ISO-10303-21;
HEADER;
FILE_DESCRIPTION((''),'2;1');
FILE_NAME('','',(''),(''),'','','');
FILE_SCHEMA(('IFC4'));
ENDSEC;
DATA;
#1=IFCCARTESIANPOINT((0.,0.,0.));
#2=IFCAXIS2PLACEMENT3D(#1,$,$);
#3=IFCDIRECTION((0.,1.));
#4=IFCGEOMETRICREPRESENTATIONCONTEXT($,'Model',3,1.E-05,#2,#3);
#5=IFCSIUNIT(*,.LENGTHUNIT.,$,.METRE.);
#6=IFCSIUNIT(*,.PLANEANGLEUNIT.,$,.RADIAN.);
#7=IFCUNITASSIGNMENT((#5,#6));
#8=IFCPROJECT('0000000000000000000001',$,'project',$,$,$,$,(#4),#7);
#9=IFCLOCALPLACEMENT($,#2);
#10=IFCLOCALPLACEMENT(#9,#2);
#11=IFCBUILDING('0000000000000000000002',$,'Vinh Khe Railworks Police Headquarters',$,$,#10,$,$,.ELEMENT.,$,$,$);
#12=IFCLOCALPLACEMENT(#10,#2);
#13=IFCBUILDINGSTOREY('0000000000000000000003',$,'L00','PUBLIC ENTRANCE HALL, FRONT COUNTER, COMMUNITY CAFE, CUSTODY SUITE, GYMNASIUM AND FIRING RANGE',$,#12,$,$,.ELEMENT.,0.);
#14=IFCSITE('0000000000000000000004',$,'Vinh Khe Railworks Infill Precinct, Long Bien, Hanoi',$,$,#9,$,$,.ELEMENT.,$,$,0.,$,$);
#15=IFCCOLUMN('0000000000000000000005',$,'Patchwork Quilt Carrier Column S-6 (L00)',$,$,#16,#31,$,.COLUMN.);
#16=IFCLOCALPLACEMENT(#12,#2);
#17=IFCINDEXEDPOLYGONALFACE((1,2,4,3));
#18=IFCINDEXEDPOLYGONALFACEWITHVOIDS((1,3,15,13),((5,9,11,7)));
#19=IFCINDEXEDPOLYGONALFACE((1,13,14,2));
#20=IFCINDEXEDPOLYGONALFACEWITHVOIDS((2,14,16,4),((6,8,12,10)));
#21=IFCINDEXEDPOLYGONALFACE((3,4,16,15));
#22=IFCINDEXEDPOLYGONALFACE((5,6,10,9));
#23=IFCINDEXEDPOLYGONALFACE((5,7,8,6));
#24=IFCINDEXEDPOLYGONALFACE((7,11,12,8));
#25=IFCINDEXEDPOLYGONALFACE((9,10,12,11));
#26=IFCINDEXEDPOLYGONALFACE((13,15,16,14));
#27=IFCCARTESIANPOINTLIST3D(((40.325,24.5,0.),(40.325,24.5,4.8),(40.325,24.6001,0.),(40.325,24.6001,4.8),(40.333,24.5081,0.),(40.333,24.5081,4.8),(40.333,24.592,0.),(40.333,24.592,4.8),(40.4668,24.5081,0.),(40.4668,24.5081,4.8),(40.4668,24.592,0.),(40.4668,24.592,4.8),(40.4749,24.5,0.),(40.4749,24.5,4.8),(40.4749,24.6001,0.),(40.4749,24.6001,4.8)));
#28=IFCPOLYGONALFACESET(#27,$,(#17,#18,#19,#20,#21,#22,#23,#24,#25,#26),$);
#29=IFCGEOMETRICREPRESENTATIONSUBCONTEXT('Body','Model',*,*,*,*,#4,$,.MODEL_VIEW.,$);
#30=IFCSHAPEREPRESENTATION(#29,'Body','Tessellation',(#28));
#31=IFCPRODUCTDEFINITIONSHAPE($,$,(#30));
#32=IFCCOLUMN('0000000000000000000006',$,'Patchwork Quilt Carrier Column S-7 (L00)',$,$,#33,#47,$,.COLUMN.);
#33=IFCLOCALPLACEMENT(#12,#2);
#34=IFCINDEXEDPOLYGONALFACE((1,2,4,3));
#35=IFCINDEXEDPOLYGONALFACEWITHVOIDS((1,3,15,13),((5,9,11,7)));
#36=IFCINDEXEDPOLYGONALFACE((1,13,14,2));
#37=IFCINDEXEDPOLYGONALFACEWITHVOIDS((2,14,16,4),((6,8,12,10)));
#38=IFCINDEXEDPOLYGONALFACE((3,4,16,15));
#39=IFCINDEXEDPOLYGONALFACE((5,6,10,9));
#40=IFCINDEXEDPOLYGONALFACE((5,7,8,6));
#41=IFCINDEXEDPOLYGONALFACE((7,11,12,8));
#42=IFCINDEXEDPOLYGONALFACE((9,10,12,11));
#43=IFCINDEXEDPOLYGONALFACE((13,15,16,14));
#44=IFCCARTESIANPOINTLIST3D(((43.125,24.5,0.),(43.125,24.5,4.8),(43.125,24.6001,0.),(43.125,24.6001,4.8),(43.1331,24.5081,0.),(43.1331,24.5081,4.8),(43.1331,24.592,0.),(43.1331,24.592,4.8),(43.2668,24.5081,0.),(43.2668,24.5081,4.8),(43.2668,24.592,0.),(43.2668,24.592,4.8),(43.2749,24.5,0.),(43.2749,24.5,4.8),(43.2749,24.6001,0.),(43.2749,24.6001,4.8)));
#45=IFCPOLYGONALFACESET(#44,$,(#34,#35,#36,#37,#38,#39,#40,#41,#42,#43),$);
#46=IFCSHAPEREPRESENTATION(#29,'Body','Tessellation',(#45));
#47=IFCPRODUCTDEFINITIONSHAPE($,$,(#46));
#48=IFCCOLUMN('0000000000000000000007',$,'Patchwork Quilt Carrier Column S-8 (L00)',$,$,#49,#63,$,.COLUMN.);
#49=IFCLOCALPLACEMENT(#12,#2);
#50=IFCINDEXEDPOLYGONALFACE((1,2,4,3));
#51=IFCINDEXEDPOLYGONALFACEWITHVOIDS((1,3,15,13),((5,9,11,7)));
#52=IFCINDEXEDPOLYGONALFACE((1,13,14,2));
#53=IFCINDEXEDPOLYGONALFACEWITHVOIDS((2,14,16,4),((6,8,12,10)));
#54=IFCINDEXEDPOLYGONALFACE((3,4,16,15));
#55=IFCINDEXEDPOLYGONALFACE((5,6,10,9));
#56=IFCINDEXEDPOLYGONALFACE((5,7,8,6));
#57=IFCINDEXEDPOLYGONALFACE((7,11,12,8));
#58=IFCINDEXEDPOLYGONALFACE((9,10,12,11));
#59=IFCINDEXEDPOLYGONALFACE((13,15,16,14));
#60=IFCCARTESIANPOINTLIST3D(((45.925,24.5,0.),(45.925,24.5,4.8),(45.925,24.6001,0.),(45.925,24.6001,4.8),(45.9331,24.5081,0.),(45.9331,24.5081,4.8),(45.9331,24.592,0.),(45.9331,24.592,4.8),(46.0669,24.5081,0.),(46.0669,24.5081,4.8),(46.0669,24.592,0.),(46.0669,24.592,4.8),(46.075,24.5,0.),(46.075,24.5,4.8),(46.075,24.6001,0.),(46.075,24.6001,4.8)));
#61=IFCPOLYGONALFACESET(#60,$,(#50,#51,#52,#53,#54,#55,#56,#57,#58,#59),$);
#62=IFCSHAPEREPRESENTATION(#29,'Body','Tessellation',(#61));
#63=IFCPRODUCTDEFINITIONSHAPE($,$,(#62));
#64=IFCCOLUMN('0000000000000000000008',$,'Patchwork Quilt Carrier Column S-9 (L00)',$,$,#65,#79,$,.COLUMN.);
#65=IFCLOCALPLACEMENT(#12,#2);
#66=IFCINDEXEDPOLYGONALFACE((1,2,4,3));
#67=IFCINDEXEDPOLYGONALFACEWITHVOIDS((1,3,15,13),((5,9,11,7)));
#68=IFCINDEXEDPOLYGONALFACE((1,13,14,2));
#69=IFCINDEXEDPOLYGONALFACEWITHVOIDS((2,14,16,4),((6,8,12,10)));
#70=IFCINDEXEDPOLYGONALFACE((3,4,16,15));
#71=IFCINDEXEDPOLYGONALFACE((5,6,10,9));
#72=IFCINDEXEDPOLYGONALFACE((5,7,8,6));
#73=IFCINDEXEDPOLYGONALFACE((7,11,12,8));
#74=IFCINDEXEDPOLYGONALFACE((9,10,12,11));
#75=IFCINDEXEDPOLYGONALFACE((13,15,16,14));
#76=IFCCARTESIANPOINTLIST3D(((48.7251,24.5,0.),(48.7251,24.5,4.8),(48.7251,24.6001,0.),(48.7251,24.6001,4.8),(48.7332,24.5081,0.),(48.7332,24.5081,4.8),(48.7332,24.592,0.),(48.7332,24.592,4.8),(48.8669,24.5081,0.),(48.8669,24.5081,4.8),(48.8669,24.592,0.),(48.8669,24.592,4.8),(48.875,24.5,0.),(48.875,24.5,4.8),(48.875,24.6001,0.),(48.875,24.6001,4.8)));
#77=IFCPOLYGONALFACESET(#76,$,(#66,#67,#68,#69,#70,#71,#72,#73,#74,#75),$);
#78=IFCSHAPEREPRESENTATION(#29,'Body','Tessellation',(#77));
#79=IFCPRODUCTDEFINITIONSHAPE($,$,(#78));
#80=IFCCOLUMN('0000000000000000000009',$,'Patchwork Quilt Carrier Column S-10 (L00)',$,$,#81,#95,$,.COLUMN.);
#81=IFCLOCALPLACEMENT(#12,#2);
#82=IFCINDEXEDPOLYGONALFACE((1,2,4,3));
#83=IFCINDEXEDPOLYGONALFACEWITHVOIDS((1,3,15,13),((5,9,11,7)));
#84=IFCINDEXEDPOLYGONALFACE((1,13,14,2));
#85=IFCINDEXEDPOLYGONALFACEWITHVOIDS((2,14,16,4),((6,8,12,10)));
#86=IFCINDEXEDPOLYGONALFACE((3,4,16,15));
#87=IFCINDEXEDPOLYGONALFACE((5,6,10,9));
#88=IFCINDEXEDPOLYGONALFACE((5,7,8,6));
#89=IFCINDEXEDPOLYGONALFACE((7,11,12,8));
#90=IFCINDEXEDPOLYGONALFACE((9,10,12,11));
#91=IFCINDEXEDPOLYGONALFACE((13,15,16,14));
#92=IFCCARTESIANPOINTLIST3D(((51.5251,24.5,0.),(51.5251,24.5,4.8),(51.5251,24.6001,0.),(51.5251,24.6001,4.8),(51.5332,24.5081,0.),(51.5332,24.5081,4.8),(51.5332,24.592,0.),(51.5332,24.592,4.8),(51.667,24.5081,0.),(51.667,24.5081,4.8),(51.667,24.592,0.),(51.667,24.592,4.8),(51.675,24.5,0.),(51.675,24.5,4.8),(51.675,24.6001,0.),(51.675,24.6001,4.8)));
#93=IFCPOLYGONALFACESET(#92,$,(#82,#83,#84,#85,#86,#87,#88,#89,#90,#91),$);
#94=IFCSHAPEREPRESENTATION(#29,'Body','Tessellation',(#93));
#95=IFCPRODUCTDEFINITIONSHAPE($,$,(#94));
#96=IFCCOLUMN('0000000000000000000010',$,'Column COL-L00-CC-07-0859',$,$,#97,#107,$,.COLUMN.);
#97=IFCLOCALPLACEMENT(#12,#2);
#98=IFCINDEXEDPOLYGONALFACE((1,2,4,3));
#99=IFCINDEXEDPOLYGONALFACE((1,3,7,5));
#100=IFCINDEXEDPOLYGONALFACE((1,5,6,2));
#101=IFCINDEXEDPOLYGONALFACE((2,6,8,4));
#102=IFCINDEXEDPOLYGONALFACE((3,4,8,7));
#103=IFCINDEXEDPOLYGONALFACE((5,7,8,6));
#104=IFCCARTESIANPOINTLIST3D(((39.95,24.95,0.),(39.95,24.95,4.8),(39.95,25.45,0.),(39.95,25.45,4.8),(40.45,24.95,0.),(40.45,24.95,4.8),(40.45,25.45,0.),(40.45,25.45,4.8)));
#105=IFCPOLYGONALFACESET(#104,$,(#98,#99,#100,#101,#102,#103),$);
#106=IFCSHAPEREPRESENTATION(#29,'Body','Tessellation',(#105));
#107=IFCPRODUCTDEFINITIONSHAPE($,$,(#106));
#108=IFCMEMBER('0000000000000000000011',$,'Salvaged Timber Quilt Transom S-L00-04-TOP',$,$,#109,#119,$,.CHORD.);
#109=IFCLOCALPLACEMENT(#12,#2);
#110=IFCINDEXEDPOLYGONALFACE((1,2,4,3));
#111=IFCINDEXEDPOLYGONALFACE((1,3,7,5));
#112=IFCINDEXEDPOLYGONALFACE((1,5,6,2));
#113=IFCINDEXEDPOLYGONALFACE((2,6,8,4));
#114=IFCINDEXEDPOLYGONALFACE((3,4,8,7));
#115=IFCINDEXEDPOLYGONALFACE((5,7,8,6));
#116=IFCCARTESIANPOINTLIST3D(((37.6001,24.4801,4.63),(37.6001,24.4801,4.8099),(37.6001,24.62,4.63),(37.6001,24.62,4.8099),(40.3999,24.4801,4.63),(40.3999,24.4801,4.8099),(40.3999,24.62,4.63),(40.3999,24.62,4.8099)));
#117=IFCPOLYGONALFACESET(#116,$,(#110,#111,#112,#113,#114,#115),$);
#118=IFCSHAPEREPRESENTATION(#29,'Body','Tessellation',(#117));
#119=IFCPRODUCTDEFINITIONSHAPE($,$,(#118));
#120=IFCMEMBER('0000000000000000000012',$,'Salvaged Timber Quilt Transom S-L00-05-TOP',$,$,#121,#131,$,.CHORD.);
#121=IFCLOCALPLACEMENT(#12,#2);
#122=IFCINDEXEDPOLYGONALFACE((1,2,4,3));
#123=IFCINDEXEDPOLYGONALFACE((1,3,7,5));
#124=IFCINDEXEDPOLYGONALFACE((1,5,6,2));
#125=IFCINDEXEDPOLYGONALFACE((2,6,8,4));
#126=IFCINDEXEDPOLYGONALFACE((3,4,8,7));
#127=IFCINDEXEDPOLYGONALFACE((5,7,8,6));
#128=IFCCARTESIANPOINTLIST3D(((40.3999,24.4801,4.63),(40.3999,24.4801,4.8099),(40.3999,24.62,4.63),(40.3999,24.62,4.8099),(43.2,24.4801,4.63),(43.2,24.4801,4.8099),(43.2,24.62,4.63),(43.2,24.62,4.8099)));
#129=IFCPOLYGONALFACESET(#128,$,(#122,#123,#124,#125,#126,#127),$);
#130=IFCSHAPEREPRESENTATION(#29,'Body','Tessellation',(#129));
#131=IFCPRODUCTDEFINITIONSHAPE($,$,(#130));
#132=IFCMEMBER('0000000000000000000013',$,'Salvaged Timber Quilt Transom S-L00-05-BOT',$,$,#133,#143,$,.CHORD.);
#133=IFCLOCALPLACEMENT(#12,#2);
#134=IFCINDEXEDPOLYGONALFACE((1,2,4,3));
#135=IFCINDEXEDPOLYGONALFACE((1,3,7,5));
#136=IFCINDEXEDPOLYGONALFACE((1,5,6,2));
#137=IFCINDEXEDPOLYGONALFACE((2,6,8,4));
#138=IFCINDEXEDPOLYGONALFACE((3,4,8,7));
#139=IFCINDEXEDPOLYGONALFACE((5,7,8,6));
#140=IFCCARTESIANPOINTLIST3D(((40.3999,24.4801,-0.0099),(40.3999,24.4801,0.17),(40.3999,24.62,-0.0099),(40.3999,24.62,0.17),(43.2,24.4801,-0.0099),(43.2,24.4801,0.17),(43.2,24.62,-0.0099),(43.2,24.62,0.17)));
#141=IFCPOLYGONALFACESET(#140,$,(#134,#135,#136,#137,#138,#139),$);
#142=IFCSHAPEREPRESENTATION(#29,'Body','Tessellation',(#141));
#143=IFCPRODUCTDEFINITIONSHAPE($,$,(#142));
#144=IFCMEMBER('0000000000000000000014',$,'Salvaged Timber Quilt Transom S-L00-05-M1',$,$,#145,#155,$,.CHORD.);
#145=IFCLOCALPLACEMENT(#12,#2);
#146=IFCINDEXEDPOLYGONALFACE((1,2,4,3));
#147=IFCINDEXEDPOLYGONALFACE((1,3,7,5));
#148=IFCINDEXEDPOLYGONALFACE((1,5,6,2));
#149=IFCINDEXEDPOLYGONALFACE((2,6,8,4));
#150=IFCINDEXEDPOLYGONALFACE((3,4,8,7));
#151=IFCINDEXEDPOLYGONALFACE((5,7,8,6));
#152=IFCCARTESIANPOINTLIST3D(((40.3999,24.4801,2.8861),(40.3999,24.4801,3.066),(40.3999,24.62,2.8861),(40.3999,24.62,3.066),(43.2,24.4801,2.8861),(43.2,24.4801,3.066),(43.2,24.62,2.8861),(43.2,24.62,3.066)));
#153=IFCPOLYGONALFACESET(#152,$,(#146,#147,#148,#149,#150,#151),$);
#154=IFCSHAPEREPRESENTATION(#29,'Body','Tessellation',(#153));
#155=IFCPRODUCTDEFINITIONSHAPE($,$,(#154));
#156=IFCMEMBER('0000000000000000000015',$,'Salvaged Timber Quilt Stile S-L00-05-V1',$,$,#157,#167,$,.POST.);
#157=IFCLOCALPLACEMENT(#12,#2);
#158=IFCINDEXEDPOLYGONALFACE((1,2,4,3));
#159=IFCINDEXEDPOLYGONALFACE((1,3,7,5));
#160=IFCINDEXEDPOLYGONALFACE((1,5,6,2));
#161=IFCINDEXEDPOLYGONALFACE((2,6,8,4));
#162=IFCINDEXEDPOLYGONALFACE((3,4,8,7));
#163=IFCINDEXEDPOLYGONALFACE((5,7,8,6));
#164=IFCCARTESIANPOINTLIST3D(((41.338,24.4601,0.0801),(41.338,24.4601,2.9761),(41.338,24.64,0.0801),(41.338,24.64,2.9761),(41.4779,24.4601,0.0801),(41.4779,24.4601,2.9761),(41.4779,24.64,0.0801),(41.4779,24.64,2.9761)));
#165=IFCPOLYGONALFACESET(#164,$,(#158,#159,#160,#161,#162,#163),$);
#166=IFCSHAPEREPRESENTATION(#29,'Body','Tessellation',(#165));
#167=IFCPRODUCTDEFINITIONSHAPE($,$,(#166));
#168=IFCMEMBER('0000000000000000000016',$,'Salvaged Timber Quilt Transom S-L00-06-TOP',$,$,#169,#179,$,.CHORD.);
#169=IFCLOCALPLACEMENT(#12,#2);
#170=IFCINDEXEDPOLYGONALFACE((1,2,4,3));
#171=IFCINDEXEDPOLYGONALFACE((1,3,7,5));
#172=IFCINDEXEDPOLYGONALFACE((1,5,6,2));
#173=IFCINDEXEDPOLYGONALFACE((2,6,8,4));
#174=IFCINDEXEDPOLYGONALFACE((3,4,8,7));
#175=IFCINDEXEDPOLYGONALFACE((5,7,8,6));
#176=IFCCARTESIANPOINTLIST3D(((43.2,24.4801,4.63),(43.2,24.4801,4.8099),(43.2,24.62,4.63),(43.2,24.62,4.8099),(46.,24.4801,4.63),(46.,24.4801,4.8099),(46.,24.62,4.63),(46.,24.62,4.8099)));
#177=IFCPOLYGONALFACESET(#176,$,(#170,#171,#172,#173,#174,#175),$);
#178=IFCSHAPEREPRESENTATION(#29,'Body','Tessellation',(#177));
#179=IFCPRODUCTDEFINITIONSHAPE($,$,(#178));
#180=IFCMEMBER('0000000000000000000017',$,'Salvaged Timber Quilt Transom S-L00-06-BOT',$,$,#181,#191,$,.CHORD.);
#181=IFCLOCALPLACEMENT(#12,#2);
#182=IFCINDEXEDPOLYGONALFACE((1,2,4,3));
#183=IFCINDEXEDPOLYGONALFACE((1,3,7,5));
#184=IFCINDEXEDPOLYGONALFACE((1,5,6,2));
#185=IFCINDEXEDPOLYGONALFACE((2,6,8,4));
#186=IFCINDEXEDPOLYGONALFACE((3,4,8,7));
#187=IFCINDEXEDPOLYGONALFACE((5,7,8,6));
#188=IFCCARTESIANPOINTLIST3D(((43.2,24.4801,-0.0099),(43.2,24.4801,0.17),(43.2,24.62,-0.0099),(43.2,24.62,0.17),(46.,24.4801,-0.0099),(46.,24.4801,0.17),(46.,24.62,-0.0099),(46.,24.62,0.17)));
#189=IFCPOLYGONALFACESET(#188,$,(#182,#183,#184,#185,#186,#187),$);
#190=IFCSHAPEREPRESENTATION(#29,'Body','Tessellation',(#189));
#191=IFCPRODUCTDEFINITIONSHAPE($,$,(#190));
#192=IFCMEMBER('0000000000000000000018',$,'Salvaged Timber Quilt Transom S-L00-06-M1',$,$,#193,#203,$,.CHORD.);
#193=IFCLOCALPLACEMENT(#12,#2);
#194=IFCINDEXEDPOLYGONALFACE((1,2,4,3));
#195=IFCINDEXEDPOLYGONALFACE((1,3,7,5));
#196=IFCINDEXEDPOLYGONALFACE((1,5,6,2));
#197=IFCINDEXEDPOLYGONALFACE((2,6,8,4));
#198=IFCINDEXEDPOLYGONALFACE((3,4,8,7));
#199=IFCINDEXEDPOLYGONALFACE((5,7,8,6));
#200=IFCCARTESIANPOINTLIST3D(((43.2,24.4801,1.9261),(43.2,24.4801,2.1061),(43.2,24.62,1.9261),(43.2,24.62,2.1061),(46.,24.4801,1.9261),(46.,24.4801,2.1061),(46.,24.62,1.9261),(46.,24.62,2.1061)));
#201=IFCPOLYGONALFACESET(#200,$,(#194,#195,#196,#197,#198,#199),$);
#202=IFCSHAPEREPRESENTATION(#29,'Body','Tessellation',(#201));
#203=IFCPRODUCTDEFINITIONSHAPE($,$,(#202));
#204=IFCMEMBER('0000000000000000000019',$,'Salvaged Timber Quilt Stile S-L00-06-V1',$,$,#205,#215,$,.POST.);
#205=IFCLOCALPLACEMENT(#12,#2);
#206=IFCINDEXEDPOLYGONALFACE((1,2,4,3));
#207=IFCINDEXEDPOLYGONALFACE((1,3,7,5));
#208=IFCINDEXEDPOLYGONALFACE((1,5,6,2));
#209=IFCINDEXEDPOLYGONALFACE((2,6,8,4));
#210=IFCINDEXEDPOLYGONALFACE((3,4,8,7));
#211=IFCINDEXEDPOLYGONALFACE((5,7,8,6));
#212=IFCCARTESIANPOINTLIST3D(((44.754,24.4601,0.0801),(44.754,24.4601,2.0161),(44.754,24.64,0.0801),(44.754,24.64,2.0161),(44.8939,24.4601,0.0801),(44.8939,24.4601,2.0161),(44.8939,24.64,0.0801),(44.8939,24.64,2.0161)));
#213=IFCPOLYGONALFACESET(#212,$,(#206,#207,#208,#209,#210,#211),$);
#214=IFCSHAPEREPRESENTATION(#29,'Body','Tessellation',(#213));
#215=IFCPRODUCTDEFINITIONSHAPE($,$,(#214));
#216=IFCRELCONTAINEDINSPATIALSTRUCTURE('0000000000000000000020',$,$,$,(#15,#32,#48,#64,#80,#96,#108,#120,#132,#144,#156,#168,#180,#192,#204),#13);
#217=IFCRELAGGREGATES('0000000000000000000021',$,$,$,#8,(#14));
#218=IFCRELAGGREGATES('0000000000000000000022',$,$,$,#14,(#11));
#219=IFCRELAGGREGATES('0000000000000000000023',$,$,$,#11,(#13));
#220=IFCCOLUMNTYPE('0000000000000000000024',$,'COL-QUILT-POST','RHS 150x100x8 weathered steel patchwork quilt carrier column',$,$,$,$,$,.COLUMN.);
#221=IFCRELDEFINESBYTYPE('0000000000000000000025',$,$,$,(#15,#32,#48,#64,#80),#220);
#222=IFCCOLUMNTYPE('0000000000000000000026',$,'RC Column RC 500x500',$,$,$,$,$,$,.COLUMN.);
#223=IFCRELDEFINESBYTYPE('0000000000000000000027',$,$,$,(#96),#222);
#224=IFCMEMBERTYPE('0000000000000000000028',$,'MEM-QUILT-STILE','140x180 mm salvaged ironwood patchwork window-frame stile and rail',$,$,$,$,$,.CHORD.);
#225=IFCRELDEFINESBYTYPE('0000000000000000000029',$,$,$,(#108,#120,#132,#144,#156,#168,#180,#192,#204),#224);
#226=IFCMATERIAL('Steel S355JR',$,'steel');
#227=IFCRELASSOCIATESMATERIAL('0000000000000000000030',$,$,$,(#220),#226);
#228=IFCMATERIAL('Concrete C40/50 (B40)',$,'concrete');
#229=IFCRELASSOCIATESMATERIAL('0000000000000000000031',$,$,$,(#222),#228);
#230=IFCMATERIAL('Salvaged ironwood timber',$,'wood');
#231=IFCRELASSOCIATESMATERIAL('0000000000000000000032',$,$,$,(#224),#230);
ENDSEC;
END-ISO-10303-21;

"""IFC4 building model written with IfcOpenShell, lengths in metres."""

from ifc_helpers import new_model, si_unit, direction, frame, origin, origin_2d, place, context, subcontext, project, spatial, rectangle, hollow_rectangle, extrude, material, material_profile, profile_set, type_object, element, save


model = new_model("IFC4")

# Units and contexts
model_context = context("Model", 3, precision=1e-05, world=origin(), true_north=direction((0.0, 1.0)))
body_context = subcontext(model_context, "Body", "Model", "MODEL_VIEW")
ifc_project = project(units=[si_unit("LENGTHUNIT", "METRE"), si_unit("PLANEANGLEUNIT", "RADIAN")], contexts=[model_context])

# Site, building, storey
site_placement = place(None, origin())
site = spatial("IfcSite", under=ifc_project, at=site_placement, Name="Vinh Khe Railworks Infill Precinct, Long Bien, Hanoi", CompositionType="ELEMENT", RefElevation=0.0)
building_placement = place(site_placement, origin())
building = spatial("IfcBuilding", under=site, at=building_placement, Name="Vinh Khe Railworks Police Headquarters", CompositionType="ELEMENT")
storey_placement = place(building_placement, origin())
storey = spatial("IfcBuildingStorey", under=building, at=storey_placement, Name="L00", Description="PUBLIC ENTRANCE HALL, FRONT COUNTER, COMMUNITY CAFE, CUSTODY SUITE, GYMNASIUM AND FIRING RANGE", CompositionType="ELEMENT", Elevation=0.0)

# Columns
ifc_material_1 = material(Name="Steel S355JR", Category="steel")
ifc_material_profile_1 = material_profile(ifc_material_1, hollow_rectangle(XDim=0.1499, YDim=0.1001, WallThickness=0.0081, at=origin_2d()), Name="RHS 150x100x8")
ifc_profile_set_1 = profile_set([ifc_material_profile_1], Name="Steel S355JR")
column_type_1 = type_object("IfcColumnType", Name="COL-QUILT-POST", Description="RHS 150x100x8 weathered steel patchwork quilt carrier column", PredefinedType="COLUMN", material=ifc_profile_set_1)
for number, where, z_axis, x_axis, name in (
    (1, (40.3999, 24.55, 0.0), (0.0, 0.0, 1.0), (1.0, 0.0, 0.0), "Patchwork Quilt Carrier Column S-6 (L00)"),
    (2, (43.2, 24.55, 0.0), (0.0, 0.0, 1.0), (1.0, 0.0, 0.0), "Patchwork Quilt Carrier Column S-7 (L00)"),
    (3, (46.0, 24.55, 0.0), (0.0, 0.0, 1.0), (1.0, 0.0, 0.0), "Patchwork Quilt Carrier Column S-8 (L00)"),
    (4, (48.8, 24.55, 0.0), (0.0, 0.0, 1.0), (1.0, 0.0, 0.0), "Patchwork Quilt Carrier Column S-9 (L00)"),
    (5, (51.6001, 24.55, 0.0), (0.0, 0.0, 1.0), (1.0, 0.0, 0.0), "Patchwork Quilt Carrier Column S-10 (L00)"),
):
    element("IfcColumn", number, at=place(storey_placement, frame(where, z_axis=z_axis, x_axis=x_axis)), inside=storey, type_object=column_type_1, Name=name, PredefinedType="COLUMN", context=body_context, shape_type="SweptSolid", body=[
        extrude(hollow_rectangle(XDim=0.1499, YDim=0.1001, WallThickness=0.0081, at=origin_2d()), origin(), (0.0, 0.0, 1.0), 4.8),
    ])
ifc_material_2 = material(Name="Concrete C40/50 (B40)", Category="concrete")
ifc_material_profile_2 = material_profile(ifc_material_2, rectangle(XDim=0.5, YDim=0.5, at=origin_2d()), Name="RC 500x500")
ifc_profile_set_2 = profile_set([ifc_material_profile_2], Name="Concrete C40/50 (B40)")
column_type_2 = type_object("IfcColumnType", Name="RC Column RC 500x500", PredefinedType="COLUMN", material=ifc_profile_set_2)
column_placement = place(storey_placement, frame((40.2, 25.2, 0.0), z_axis=(0.0, 0.0, 1.0), x_axis=(1.0, 0.0, 0.0)))
element("IfcColumn", 6, at=column_placement, inside=storey, type_object=column_type_2, Name="Column COL-L00-CC-07-0859", PredefinedType="COLUMN", context=body_context, shape_type="SweptSolid", body=[
    extrude(rectangle(XDim=0.5, YDim=0.5, at=origin_2d()), origin(), (0.0, 0.0, 1.0), 4.8),
])

# Members
ifc_material_3 = material(Name="Salvaged ironwood timber", Category="wood")
ifc_material_profile_3 = material_profile(ifc_material_3, rectangle(XDim=0.1399, YDim=0.1799, at=origin_2d()), Name="TIMBER 140x180")
ifc_profile_set_3 = profile_set([ifc_material_profile_3], Name="Salvaged ironwood timber")
member_type_1 = type_object("IfcMemberType", Name="MEM-QUILT-STILE", Description="140x180 mm salvaged ironwood patchwork window-frame stile and rail", PredefinedType="CHORD", material=ifc_profile_set_3)
member_1_placement = place(storey_placement, frame((37.6001, 24.55, 4.72), z_axis=(1.0, 0.0, 0.0), x_axis=(0.0, 1.0, 0.0)))
element("IfcMember", 7, at=member_1_placement, inside=storey, type_object=member_type_1, Name="Salvaged Timber Quilt Transom S-L00-04-TOP", PredefinedType="CHORD", context=body_context, shape_type="SweptSolid", body=[
    extrude(rectangle(XDim=0.1399, YDim=0.1799, at=origin_2d()), origin(), (0.0, 0.0, 1.0), 2.7998),
])
for number, where, z_axis, x_axis, name in (
    (8, (40.3999, 24.55, 4.72), (1.0, 0.0, 0.0), (0.0, 1.0, 0.0), "Salvaged Timber Quilt Transom S-L00-05-TOP"),
    (9, (40.3999, 24.55, 0.0801), (1.0, 0.0, 0.0), (0.0, 1.0, 0.0), "Salvaged Timber Quilt Transom S-L00-05-BOT"),
    (10, (40.3999, 24.55, 2.9761), (1.0, 0.0, 0.0), (0.0, 1.0, 0.0), "Salvaged Timber Quilt Transom S-L00-05-M1"),
):
    element("IfcMember", number, at=place(storey_placement, frame(where, z_axis=z_axis, x_axis=x_axis)), inside=storey, type_object=member_type_1, Name=name, PredefinedType="CHORD", context=body_context, shape_type="SweptSolid", body=[
        extrude(rectangle(XDim=0.1399, YDim=0.1799, at=origin_2d()), origin(), (0.0, 0.0, 1.0), 2.8),
    ])
member_2_placement = place(storey_placement, frame((41.408, 24.55, 0.0801), z_axis=(0.0, 0.0, 1.0), x_axis=(1.0, 0.0, 0.0)))
element("IfcMember", 11, at=member_2_placement, inside=storey, type_object=member_type_1, Name="Salvaged Timber Quilt Stile S-L00-05-V1", PredefinedType="POST", context=body_context, shape_type="SweptSolid", body=[
    extrude(rectangle(XDim=0.1399, YDim=0.1799, at=origin_2d()), origin(), (0.0, 0.0, 1.0), 2.896),
])
for number, where, z_axis, x_axis, name in (
    (12, (43.2, 24.55, 4.72), (1.0, 0.0, 0.0), (0.0, 1.0, 0.0), "Salvaged Timber Quilt Transom S-L00-06-TOP"),
    (13, (43.2, 24.55, 0.0801), (1.0, 0.0, 0.0), (0.0, 1.0, 0.0), "Salvaged Timber Quilt Transom S-L00-06-BOT"),
    (14, (43.2, 24.55, 2.0161), (1.0, 0.0, 0.0), (0.0, 1.0, 0.0), "Salvaged Timber Quilt Transom S-L00-06-M1"),
):
    element("IfcMember", number, at=place(storey_placement, frame(where, z_axis=z_axis, x_axis=x_axis)), inside=storey, type_object=member_type_1, Name=name, PredefinedType="CHORD", context=body_context, shape_type="SweptSolid", body=[
        extrude(rectangle(XDim=0.1399, YDim=0.1799, at=origin_2d()), origin(), (0.0, 0.0, 1.0), 2.8),
    ])
member_3_placement = place(storey_placement, frame((44.824, 24.55, 0.0801), z_axis=(0.0, 0.0, 1.0), x_axis=(1.0, 0.0, 0.0)))
element("IfcMember", 15, at=member_3_placement, inside=storey, type_object=member_type_1, Name="Salvaged Timber Quilt Stile S-L00-06-V1", PredefinedType="POST", context=body_context, shape_type="SweptSolid", body=[
    extrude(rectangle(XDim=0.1399, YDim=0.1799, at=origin_2d()), origin(), (0.0, 0.0, 1.0), 1.936),
])

save(model, "model.ifc")
